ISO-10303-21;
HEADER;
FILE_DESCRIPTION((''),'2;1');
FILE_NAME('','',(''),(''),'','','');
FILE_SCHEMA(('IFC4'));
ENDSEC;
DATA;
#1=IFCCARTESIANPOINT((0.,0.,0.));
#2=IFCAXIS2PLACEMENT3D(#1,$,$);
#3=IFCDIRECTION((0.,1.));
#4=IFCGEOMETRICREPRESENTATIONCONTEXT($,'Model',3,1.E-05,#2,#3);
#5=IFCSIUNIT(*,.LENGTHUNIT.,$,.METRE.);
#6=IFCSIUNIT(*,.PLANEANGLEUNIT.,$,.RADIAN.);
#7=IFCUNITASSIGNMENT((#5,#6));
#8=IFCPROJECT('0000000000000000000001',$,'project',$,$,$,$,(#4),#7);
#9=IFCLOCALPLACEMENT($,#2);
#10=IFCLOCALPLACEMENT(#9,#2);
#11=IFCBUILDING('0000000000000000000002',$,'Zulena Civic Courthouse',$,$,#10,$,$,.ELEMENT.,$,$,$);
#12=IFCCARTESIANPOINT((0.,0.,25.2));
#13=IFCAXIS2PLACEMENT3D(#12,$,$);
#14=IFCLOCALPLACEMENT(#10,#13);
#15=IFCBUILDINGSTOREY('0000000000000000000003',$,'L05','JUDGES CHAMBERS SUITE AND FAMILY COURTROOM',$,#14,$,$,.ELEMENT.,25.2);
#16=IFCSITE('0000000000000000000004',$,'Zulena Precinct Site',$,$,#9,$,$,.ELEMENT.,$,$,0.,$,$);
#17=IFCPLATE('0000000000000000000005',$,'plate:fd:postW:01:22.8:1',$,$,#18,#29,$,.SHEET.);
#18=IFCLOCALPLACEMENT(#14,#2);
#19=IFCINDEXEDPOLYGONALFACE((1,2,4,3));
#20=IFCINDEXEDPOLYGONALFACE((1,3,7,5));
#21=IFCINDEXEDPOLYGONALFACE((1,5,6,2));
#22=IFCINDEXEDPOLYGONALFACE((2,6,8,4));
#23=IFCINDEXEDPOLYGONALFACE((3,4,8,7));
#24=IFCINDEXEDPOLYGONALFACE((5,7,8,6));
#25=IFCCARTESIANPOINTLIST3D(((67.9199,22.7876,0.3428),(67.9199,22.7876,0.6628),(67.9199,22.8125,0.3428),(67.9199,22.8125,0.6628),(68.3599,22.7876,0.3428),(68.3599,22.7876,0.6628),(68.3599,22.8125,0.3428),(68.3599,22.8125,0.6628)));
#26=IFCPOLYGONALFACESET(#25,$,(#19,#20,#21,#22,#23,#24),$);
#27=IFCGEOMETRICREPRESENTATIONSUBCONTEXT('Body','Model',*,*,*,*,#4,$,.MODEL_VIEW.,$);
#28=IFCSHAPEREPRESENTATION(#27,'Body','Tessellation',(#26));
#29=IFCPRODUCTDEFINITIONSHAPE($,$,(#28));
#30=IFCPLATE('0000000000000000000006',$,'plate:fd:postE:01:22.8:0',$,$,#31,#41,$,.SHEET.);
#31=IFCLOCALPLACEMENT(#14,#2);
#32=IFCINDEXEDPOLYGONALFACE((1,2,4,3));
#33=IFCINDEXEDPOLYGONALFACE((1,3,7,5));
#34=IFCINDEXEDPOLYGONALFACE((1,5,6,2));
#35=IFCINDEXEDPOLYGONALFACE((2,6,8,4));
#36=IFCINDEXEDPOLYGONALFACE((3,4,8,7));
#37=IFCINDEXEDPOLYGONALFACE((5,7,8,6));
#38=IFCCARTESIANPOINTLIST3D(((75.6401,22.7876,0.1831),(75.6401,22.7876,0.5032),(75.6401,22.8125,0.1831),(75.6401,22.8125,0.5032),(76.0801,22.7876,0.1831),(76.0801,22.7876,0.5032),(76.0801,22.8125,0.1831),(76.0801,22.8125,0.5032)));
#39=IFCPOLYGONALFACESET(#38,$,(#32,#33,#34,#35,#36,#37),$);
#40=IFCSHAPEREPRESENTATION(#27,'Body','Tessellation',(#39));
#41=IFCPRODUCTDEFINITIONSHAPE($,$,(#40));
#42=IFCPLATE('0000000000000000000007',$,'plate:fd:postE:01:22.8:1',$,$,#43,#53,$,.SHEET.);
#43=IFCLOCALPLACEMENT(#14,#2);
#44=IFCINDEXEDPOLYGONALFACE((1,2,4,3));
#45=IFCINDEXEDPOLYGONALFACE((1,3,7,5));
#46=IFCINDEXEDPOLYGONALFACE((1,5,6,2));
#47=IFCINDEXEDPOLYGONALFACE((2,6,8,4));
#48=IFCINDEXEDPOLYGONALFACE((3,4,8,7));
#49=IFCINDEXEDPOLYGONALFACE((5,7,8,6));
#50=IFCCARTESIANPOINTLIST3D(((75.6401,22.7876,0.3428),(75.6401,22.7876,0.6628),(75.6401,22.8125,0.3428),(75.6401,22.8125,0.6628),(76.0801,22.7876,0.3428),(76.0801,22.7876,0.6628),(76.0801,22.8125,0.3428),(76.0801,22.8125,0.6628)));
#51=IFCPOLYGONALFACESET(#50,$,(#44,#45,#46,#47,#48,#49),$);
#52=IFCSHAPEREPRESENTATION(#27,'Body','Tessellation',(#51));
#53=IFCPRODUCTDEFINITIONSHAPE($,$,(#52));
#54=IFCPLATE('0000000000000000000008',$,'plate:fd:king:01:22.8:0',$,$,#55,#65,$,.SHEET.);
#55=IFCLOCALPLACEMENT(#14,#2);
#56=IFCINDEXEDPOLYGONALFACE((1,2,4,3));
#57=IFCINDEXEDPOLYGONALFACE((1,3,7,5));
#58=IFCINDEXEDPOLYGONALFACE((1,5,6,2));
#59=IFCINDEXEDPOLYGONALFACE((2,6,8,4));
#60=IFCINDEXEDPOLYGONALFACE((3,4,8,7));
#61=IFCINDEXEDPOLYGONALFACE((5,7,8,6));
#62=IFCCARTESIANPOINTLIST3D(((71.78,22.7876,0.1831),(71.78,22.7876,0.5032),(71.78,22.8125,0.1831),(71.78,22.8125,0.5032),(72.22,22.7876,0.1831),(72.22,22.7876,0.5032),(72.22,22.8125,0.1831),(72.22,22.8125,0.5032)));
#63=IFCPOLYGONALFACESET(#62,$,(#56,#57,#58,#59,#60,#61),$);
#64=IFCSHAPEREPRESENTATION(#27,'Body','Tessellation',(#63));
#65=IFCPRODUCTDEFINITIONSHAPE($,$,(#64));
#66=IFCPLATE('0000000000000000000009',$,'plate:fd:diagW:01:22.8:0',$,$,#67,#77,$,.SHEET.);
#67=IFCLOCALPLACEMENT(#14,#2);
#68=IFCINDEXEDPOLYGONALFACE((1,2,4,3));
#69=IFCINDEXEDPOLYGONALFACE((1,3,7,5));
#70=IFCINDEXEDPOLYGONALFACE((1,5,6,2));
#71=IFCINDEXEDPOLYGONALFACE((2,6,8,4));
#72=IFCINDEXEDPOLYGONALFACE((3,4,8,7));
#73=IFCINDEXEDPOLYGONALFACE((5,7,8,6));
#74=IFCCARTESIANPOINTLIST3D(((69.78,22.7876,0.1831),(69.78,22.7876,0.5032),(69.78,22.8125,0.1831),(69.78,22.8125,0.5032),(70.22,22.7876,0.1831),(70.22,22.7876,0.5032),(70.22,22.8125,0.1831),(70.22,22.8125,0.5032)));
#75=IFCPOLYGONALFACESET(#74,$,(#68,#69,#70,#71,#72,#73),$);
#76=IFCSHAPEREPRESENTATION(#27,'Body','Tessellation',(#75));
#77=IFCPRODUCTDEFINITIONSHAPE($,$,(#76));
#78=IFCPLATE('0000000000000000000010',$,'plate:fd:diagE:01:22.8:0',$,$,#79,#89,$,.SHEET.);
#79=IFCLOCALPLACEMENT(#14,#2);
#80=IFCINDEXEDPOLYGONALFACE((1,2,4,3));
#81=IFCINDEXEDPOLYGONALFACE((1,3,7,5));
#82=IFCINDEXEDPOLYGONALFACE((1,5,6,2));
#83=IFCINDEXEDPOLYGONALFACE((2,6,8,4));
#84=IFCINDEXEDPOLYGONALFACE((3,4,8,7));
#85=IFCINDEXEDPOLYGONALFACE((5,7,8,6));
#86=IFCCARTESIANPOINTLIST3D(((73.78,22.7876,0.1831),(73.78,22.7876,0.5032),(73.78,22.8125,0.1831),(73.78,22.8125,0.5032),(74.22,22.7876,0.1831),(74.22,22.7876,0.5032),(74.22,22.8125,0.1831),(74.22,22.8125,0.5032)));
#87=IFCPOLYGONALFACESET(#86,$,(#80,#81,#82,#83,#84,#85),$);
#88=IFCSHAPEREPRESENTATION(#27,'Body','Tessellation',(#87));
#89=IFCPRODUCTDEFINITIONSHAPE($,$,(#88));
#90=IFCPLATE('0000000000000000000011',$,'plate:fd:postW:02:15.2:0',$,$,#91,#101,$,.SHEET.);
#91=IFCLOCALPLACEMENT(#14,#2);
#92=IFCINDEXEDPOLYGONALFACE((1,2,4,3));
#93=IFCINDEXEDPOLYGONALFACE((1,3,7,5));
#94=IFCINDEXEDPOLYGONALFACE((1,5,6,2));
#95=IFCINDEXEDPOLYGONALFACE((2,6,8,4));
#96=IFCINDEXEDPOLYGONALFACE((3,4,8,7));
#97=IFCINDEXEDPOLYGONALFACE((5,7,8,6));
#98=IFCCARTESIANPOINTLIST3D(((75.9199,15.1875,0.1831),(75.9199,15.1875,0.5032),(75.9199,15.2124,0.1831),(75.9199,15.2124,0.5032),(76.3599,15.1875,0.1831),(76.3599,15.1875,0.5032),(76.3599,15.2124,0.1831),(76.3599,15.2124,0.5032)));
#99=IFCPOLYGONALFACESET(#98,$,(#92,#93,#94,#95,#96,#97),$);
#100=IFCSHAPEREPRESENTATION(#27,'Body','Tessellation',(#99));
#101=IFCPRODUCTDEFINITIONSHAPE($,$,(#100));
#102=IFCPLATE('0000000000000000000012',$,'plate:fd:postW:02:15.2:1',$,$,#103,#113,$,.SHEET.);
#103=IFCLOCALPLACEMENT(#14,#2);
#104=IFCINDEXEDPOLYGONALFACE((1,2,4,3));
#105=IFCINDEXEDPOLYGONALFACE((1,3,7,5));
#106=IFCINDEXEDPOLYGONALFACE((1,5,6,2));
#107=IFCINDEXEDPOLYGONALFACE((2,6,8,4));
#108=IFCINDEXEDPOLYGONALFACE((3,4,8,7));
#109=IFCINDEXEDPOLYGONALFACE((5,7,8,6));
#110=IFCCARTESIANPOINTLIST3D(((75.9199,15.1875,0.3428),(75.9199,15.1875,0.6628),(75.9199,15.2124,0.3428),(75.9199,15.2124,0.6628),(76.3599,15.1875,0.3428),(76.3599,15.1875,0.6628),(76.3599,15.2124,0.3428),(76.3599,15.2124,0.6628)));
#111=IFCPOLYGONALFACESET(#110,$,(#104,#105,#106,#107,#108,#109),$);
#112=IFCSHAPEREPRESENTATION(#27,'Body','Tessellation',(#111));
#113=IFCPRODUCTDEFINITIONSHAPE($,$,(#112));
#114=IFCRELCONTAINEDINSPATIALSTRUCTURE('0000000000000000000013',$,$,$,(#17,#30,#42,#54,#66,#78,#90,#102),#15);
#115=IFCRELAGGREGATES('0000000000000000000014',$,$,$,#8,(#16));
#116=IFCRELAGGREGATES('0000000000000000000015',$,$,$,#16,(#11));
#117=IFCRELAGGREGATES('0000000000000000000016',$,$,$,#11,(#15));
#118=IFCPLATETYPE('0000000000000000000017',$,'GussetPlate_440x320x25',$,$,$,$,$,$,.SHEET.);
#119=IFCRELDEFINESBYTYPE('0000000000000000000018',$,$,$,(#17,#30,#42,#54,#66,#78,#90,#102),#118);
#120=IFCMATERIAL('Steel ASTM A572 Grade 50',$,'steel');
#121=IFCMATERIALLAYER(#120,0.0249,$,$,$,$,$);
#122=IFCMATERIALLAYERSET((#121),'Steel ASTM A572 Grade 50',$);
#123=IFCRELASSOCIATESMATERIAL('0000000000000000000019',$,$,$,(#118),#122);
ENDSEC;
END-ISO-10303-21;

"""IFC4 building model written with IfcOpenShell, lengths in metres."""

from ifc_helpers import new_model, si_unit, direction, frame, origin, origin_2d, place, context, subcontext, project, spatial, rectangle, extrude, material, layer, layer_set, type_object, element, save


model = new_model("IFC4")

# Units and contexts
model_context = context("Model", 3, precision=1e-05, world=origin(), true_north=direction((0.0, 1.0)))
body_context = subcontext(model_context, "Body", "Model", "MODEL_VIEW")
ifc_project = project(units=[si_unit("LENGTHUNIT", "METRE"), si_unit("PLANEANGLEUNIT", "RADIAN")], contexts=[model_context])

# Site, building, storey
site_placement = place(None, origin())
site = spatial("IfcSite", under=ifc_project, at=site_placement, Name="Zulena Precinct Site", CompositionType="ELEMENT", RefElevation=0.0)
building_placement = place(site_placement, origin())
building = spatial("IfcBuilding", under=site, at=building_placement, Name="Zulena Civic Courthouse", CompositionType="ELEMENT")
storey_placement = place(building_placement, frame((0.0, 0.0, 25.2)))
storey = spatial("IfcBuildingStorey", under=building, at=storey_placement, Name="L05", Description="JUDGES CHAMBERS SUITE AND FAMILY COURTROOM", CompositionType="ELEMENT", Elevation=25.2)

# Plates
ifc_material_1 = material(Name="Steel ASTM A572 Grade 50", Category="steel")
ifc_layer = layer(ifc_material_1, 0.0249)
ifc_layer_set = layer_set([ifc_layer], Name="Steel ASTM A572 Grade 50")
plate_type = type_object("IfcPlateType", Name="GussetPlate_440x320x25", PredefinedType="SHEET", material=ifc_layer_set)
for number, where, z_axis, x_axis, name in (
    (1, (68.1399, 22.8, 0.3428), (0.0, 0.0, 1.0), (1.0, 0.0, 0.0), "plate:fd:postW:01:22.8:1"),
    (2, (75.8601, 22.8, 0.1831), (0.0, 0.0, 1.0), (1.0, 0.0, 0.0), "plate:fd:postE:01:22.8:0"),
    (3, (75.8601, 22.8, 0.3428), (0.0, 0.0, 1.0), (1.0, 0.0, 0.0), "plate:fd:postE:01:22.8:1"),
    (4, (72.0, 22.8, 0.1831), (0.0, 0.0, 1.0), (1.0, 0.0, 0.0), "plate:fd:king:01:22.8:0"),
    (5, (70.0, 22.8, 0.1831), (0.0, 0.0, 1.0), (1.0, 0.0, 0.0), "plate:fd:diagW:01:22.8:0"),
    (6, (74.0, 22.8, 0.1831), (0.0, 0.0, 1.0), (1.0, 0.0, 0.0), "plate:fd:diagE:01:22.8:0"),
    (7, (76.1399, 15.2, 0.1831), (0.0, 0.0, 1.0), (1.0, 0.0, 0.0), "plate:fd:postW:02:15.2:0"),
    (8, (76.1399, 15.2, 0.3428), (0.0, 0.0, 1.0), (1.0, 0.0, 0.0), "plate:fd:postW:02:15.2:1"),
):
    element("IfcPlate", number, at=place(storey_placement, frame(where, z_axis=z_axis, x_axis=x_axis)), inside=storey, type_object=plate_type, Name=name, PredefinedType="SHEET", context=body_context, shape_type="SweptSolid", body=[
        extrude(rectangle(XDim=0.4399, YDim=0.0249, at=origin_2d()), origin(), (0.0, 0.0, 1.0), 0.3201),
    ])

save(model, "model.ifc")
